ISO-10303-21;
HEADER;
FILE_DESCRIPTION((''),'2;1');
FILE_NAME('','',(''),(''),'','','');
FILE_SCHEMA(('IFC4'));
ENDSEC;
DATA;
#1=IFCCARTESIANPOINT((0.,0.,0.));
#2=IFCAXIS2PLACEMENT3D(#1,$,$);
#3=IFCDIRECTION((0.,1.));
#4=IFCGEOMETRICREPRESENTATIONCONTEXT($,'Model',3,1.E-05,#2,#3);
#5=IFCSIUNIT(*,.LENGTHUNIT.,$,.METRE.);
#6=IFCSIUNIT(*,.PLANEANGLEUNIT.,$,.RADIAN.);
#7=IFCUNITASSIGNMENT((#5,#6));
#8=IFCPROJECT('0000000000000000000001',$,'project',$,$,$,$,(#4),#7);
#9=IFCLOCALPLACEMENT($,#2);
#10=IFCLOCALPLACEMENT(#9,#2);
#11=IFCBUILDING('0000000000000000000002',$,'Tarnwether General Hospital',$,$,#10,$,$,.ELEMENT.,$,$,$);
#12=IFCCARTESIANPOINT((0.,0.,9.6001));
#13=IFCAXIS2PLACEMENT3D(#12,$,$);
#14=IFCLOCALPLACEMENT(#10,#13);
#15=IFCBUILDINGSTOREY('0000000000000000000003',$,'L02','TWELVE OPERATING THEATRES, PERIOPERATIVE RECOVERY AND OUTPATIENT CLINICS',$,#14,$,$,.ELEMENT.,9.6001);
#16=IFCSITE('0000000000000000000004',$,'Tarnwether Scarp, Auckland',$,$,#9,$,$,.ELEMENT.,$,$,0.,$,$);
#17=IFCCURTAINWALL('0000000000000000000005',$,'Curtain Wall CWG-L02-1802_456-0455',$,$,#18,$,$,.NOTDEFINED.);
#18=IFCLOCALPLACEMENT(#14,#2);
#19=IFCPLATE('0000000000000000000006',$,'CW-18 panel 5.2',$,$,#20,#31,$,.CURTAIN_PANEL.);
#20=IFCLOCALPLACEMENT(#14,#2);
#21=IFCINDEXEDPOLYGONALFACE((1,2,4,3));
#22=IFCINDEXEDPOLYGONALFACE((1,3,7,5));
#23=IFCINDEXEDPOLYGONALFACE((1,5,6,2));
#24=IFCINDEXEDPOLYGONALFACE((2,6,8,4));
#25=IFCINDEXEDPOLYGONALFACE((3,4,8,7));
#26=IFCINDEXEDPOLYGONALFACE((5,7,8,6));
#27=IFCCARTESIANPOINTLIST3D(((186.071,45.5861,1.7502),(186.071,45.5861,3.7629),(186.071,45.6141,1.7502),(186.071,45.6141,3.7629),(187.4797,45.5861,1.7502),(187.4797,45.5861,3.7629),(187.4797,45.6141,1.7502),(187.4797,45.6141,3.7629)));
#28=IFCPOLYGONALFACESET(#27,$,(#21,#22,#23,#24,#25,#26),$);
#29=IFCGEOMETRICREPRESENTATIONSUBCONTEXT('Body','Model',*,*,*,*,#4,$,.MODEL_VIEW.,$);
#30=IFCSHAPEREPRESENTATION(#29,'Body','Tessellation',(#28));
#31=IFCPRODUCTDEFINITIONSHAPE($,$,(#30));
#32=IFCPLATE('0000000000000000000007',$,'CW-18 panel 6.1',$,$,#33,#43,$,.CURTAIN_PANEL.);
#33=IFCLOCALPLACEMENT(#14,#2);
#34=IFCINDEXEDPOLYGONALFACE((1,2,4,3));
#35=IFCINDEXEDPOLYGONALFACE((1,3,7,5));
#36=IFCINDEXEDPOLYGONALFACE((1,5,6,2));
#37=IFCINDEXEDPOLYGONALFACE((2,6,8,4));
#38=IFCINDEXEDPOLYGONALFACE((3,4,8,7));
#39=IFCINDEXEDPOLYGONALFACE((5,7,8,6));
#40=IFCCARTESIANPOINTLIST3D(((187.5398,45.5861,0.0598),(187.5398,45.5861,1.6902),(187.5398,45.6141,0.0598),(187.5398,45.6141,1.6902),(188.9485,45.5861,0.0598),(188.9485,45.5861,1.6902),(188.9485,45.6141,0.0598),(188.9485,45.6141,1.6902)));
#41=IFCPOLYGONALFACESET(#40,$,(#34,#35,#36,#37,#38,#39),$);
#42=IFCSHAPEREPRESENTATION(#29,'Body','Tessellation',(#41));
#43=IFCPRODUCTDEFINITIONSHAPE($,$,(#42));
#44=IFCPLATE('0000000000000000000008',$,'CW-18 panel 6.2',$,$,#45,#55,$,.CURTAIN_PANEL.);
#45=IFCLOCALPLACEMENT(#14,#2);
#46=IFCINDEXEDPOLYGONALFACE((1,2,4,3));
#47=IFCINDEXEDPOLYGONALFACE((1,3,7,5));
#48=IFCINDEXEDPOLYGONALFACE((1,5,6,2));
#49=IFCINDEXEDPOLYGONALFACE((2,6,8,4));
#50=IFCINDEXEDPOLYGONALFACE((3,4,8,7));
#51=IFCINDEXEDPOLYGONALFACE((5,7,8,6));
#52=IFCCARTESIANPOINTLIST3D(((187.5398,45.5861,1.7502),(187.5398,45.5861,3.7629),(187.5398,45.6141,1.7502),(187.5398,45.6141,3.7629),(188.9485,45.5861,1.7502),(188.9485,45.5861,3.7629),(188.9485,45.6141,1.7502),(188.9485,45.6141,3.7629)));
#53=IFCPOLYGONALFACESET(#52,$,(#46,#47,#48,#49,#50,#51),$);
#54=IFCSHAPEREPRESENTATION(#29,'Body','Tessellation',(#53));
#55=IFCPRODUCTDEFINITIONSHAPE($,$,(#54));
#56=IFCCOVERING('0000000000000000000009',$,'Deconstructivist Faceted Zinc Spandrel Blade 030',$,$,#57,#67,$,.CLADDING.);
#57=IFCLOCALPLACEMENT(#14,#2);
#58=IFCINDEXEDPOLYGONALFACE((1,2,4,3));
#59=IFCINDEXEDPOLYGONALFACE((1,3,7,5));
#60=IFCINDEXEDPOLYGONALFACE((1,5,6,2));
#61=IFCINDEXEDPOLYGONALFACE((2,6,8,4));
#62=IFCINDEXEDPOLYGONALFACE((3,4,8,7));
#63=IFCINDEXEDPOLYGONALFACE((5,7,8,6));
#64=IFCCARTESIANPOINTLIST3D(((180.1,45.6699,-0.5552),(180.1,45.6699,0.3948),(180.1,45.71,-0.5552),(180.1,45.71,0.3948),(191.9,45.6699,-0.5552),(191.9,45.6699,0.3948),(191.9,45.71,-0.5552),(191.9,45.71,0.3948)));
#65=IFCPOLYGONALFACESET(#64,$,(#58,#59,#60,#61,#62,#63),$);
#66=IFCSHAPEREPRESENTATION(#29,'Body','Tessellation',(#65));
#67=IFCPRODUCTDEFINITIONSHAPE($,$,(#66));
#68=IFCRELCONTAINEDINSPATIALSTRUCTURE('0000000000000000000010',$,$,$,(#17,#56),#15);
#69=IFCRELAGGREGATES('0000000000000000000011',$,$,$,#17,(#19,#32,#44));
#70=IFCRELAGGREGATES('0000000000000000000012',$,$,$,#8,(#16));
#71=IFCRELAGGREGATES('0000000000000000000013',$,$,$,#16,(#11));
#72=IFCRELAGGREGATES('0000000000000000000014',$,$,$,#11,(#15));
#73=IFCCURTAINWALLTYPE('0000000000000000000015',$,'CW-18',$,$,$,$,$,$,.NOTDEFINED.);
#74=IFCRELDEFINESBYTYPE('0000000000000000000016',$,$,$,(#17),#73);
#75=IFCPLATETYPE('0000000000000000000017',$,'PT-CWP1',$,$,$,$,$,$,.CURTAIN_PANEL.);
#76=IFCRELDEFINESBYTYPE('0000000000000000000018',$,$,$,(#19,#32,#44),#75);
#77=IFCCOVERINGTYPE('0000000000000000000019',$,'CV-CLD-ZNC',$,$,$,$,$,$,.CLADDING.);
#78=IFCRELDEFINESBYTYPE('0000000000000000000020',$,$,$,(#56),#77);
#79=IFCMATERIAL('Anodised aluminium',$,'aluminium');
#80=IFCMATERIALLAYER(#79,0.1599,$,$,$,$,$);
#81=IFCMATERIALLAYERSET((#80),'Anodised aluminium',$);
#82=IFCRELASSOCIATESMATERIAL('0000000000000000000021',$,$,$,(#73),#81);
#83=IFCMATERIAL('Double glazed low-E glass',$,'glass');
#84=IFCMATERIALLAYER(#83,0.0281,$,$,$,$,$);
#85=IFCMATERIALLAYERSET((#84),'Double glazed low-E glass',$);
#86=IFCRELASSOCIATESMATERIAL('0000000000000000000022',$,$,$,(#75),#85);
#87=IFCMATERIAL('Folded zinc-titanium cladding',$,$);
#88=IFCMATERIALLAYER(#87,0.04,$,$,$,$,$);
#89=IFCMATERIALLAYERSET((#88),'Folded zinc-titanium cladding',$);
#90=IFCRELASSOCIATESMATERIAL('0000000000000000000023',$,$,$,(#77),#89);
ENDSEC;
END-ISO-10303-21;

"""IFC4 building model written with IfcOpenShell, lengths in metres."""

from ifc_helpers import new_model, si_unit, direction, frame, origin, origin_2d, place, context, subcontext, project, spatial, rectangle, extrude, material, layer, layer_set, type_object, element, aggregate, save


model = new_model("IFC4")

# Units and contexts
model_context = context("Model", 3, precision=1e-05, world=origin(), true_north=direction((0.0, 1.0)))
body_context = subcontext(model_context, "Body", "Model", "MODEL_VIEW")
ifc_project = project(units=[si_unit("LENGTHUNIT", "METRE"), si_unit("PLANEANGLEUNIT", "RADIAN")], contexts=[model_context])

# Site, building, storey
site_placement = place(None, origin())
site = spatial("IfcSite", under=ifc_project, at=site_placement, Name="Tarnwether Scarp, Auckland", CompositionType="ELEMENT", RefElevation=0.0)
building_placement = place(site_placement, origin())
building = spatial("IfcBuilding", under=site, at=building_placement, Name="Tarnwether General Hospital", CompositionType="ELEMENT")
storey_placement = place(building_placement, frame((0.0, 0.0, 9.6001)))
storey = spatial("IfcBuildingStorey", under=building, at=storey_placement, Name="L02", Description="TWELVE OPERATING THEATRES, PERIOPERATIVE RECOVERY AND OUTPATIENT CLINICS", CompositionType="ELEMENT", Elevation=9.6001)

# Curtain wall, plates
ifc_material_1 = material(Name="Anodised aluminium", Category="aluminium")
ifc_layer_1 = layer(ifc_material_1, 0.1599)
ifc_layer_set_1 = layer_set([ifc_layer_1], Name="Anodised aluminium")
curtain_wall_type = type_object("IfcCurtainWallType", Name="CW-18", PredefinedType="NOTDEFINED", material=ifc_layer_set_1)
curtain_wall_placement = place(storey_placement, origin())
curtain_wall = element("IfcCurtainWall", 1, at=curtain_wall_placement, inside=storey, type_object=curtain_wall_type, Name="Curtain Wall CWG-L02-1802_456-0455", PredefinedType="NOTDEFINED")
ifc_material_2 = material(Name="Double glazed low-E glass", Category="glass")
ifc_layer_2 = layer(ifc_material_2, 0.0281)
ifc_layer_set_2 = layer_set([ifc_layer_2], Name="Double glazed low-E glass")
plate_type = type_object("IfcPlateType", Name="PT-CWP1", PredefinedType="CURTAIN_PANEL", material=ifc_layer_set_2)
plate_1_placement = place(storey_placement, frame((186.7754, 45.6001, 1.7502), z_axis=(0.0, 0.0, 1.0), x_axis=(1.0, 0.0, 0.0)))
plate_1 = element("IfcPlate", 2, at=plate_1_placement, type_object=plate_type, Name="CW-18 panel 5.2", PredefinedType="CURTAIN_PANEL", context=body_context, shape_type="SweptSolid", body=[
    extrude(rectangle(XDim=1.4087, YDim=0.0281, at=origin_2d()), origin(), (0.0, 0.0, 1.0), 2.0127),
])
plate_2_placement = place(storey_placement, frame((188.2441, 45.6001, 0.0598), z_axis=(0.0, 0.0, 1.0), x_axis=(1.0, 0.0, 0.0)))
plate_2 = element("IfcPlate", 3, at=plate_2_placement, type_object=plate_type, Name="CW-18 panel 6.1", PredefinedType="CURTAIN_PANEL", context=body_context, shape_type="SweptSolid", body=[
    extrude(rectangle(XDim=1.4087, YDim=0.0281, at=origin_2d()), origin(), (0.0, 0.0, 1.0), 1.6304),
])
plate_3_placement = place(storey_placement, frame((188.2441, 45.6001, 1.7502), z_axis=(0.0, 0.0, 1.0), x_axis=(1.0, 0.0, 0.0)))
plate_3 = element("IfcPlate", 4, at=plate_3_placement, type_object=plate_type, Name="CW-18 panel 6.2", PredefinedType="CURTAIN_PANEL", context=body_context, shape_type="SweptSolid", body=[
    extrude(rectangle(XDim=1.4087, YDim=0.0281, at=origin_2d()), origin(), (0.0, 0.0, 1.0), 2.0127),
])
aggregate(curtain_wall, [plate_1, plate_2, plate_3])

# Covering
ifc_material_3 = material(Name="Folded zinc-titanium cladding")
ifc_layer_3 = layer(ifc_material_3, 0.04)
ifc_layer_set_3 = layer_set([ifc_layer_3], Name="Folded zinc-titanium cladding")
covering_type = type_object("IfcCoveringType", Name="CV-CLD-ZNC", PredefinedType="CLADDING", material=ifc_layer_set_3)
covering_placement = place(storey_placement, frame((186.0, 45.6899, -0.5552), z_axis=(0.0, 0.0, 1.0), x_axis=(1.0, 0.0, 0.0)))
element("IfcCovering", 5, at=covering_placement, inside=storey, type_object=covering_type, Name="Deconstructivist Faceted Zinc Spandrel Blade 030", PredefinedType="CLADDING", context=body_context, shape_type="SweptSolid", body=[
    extrude(rectangle(XDim=11.8, YDim=0.04, at=origin_2d()), origin(), (0.0, 0.0, 1.0), 0.95),
])

save(model, "model.ifc")
